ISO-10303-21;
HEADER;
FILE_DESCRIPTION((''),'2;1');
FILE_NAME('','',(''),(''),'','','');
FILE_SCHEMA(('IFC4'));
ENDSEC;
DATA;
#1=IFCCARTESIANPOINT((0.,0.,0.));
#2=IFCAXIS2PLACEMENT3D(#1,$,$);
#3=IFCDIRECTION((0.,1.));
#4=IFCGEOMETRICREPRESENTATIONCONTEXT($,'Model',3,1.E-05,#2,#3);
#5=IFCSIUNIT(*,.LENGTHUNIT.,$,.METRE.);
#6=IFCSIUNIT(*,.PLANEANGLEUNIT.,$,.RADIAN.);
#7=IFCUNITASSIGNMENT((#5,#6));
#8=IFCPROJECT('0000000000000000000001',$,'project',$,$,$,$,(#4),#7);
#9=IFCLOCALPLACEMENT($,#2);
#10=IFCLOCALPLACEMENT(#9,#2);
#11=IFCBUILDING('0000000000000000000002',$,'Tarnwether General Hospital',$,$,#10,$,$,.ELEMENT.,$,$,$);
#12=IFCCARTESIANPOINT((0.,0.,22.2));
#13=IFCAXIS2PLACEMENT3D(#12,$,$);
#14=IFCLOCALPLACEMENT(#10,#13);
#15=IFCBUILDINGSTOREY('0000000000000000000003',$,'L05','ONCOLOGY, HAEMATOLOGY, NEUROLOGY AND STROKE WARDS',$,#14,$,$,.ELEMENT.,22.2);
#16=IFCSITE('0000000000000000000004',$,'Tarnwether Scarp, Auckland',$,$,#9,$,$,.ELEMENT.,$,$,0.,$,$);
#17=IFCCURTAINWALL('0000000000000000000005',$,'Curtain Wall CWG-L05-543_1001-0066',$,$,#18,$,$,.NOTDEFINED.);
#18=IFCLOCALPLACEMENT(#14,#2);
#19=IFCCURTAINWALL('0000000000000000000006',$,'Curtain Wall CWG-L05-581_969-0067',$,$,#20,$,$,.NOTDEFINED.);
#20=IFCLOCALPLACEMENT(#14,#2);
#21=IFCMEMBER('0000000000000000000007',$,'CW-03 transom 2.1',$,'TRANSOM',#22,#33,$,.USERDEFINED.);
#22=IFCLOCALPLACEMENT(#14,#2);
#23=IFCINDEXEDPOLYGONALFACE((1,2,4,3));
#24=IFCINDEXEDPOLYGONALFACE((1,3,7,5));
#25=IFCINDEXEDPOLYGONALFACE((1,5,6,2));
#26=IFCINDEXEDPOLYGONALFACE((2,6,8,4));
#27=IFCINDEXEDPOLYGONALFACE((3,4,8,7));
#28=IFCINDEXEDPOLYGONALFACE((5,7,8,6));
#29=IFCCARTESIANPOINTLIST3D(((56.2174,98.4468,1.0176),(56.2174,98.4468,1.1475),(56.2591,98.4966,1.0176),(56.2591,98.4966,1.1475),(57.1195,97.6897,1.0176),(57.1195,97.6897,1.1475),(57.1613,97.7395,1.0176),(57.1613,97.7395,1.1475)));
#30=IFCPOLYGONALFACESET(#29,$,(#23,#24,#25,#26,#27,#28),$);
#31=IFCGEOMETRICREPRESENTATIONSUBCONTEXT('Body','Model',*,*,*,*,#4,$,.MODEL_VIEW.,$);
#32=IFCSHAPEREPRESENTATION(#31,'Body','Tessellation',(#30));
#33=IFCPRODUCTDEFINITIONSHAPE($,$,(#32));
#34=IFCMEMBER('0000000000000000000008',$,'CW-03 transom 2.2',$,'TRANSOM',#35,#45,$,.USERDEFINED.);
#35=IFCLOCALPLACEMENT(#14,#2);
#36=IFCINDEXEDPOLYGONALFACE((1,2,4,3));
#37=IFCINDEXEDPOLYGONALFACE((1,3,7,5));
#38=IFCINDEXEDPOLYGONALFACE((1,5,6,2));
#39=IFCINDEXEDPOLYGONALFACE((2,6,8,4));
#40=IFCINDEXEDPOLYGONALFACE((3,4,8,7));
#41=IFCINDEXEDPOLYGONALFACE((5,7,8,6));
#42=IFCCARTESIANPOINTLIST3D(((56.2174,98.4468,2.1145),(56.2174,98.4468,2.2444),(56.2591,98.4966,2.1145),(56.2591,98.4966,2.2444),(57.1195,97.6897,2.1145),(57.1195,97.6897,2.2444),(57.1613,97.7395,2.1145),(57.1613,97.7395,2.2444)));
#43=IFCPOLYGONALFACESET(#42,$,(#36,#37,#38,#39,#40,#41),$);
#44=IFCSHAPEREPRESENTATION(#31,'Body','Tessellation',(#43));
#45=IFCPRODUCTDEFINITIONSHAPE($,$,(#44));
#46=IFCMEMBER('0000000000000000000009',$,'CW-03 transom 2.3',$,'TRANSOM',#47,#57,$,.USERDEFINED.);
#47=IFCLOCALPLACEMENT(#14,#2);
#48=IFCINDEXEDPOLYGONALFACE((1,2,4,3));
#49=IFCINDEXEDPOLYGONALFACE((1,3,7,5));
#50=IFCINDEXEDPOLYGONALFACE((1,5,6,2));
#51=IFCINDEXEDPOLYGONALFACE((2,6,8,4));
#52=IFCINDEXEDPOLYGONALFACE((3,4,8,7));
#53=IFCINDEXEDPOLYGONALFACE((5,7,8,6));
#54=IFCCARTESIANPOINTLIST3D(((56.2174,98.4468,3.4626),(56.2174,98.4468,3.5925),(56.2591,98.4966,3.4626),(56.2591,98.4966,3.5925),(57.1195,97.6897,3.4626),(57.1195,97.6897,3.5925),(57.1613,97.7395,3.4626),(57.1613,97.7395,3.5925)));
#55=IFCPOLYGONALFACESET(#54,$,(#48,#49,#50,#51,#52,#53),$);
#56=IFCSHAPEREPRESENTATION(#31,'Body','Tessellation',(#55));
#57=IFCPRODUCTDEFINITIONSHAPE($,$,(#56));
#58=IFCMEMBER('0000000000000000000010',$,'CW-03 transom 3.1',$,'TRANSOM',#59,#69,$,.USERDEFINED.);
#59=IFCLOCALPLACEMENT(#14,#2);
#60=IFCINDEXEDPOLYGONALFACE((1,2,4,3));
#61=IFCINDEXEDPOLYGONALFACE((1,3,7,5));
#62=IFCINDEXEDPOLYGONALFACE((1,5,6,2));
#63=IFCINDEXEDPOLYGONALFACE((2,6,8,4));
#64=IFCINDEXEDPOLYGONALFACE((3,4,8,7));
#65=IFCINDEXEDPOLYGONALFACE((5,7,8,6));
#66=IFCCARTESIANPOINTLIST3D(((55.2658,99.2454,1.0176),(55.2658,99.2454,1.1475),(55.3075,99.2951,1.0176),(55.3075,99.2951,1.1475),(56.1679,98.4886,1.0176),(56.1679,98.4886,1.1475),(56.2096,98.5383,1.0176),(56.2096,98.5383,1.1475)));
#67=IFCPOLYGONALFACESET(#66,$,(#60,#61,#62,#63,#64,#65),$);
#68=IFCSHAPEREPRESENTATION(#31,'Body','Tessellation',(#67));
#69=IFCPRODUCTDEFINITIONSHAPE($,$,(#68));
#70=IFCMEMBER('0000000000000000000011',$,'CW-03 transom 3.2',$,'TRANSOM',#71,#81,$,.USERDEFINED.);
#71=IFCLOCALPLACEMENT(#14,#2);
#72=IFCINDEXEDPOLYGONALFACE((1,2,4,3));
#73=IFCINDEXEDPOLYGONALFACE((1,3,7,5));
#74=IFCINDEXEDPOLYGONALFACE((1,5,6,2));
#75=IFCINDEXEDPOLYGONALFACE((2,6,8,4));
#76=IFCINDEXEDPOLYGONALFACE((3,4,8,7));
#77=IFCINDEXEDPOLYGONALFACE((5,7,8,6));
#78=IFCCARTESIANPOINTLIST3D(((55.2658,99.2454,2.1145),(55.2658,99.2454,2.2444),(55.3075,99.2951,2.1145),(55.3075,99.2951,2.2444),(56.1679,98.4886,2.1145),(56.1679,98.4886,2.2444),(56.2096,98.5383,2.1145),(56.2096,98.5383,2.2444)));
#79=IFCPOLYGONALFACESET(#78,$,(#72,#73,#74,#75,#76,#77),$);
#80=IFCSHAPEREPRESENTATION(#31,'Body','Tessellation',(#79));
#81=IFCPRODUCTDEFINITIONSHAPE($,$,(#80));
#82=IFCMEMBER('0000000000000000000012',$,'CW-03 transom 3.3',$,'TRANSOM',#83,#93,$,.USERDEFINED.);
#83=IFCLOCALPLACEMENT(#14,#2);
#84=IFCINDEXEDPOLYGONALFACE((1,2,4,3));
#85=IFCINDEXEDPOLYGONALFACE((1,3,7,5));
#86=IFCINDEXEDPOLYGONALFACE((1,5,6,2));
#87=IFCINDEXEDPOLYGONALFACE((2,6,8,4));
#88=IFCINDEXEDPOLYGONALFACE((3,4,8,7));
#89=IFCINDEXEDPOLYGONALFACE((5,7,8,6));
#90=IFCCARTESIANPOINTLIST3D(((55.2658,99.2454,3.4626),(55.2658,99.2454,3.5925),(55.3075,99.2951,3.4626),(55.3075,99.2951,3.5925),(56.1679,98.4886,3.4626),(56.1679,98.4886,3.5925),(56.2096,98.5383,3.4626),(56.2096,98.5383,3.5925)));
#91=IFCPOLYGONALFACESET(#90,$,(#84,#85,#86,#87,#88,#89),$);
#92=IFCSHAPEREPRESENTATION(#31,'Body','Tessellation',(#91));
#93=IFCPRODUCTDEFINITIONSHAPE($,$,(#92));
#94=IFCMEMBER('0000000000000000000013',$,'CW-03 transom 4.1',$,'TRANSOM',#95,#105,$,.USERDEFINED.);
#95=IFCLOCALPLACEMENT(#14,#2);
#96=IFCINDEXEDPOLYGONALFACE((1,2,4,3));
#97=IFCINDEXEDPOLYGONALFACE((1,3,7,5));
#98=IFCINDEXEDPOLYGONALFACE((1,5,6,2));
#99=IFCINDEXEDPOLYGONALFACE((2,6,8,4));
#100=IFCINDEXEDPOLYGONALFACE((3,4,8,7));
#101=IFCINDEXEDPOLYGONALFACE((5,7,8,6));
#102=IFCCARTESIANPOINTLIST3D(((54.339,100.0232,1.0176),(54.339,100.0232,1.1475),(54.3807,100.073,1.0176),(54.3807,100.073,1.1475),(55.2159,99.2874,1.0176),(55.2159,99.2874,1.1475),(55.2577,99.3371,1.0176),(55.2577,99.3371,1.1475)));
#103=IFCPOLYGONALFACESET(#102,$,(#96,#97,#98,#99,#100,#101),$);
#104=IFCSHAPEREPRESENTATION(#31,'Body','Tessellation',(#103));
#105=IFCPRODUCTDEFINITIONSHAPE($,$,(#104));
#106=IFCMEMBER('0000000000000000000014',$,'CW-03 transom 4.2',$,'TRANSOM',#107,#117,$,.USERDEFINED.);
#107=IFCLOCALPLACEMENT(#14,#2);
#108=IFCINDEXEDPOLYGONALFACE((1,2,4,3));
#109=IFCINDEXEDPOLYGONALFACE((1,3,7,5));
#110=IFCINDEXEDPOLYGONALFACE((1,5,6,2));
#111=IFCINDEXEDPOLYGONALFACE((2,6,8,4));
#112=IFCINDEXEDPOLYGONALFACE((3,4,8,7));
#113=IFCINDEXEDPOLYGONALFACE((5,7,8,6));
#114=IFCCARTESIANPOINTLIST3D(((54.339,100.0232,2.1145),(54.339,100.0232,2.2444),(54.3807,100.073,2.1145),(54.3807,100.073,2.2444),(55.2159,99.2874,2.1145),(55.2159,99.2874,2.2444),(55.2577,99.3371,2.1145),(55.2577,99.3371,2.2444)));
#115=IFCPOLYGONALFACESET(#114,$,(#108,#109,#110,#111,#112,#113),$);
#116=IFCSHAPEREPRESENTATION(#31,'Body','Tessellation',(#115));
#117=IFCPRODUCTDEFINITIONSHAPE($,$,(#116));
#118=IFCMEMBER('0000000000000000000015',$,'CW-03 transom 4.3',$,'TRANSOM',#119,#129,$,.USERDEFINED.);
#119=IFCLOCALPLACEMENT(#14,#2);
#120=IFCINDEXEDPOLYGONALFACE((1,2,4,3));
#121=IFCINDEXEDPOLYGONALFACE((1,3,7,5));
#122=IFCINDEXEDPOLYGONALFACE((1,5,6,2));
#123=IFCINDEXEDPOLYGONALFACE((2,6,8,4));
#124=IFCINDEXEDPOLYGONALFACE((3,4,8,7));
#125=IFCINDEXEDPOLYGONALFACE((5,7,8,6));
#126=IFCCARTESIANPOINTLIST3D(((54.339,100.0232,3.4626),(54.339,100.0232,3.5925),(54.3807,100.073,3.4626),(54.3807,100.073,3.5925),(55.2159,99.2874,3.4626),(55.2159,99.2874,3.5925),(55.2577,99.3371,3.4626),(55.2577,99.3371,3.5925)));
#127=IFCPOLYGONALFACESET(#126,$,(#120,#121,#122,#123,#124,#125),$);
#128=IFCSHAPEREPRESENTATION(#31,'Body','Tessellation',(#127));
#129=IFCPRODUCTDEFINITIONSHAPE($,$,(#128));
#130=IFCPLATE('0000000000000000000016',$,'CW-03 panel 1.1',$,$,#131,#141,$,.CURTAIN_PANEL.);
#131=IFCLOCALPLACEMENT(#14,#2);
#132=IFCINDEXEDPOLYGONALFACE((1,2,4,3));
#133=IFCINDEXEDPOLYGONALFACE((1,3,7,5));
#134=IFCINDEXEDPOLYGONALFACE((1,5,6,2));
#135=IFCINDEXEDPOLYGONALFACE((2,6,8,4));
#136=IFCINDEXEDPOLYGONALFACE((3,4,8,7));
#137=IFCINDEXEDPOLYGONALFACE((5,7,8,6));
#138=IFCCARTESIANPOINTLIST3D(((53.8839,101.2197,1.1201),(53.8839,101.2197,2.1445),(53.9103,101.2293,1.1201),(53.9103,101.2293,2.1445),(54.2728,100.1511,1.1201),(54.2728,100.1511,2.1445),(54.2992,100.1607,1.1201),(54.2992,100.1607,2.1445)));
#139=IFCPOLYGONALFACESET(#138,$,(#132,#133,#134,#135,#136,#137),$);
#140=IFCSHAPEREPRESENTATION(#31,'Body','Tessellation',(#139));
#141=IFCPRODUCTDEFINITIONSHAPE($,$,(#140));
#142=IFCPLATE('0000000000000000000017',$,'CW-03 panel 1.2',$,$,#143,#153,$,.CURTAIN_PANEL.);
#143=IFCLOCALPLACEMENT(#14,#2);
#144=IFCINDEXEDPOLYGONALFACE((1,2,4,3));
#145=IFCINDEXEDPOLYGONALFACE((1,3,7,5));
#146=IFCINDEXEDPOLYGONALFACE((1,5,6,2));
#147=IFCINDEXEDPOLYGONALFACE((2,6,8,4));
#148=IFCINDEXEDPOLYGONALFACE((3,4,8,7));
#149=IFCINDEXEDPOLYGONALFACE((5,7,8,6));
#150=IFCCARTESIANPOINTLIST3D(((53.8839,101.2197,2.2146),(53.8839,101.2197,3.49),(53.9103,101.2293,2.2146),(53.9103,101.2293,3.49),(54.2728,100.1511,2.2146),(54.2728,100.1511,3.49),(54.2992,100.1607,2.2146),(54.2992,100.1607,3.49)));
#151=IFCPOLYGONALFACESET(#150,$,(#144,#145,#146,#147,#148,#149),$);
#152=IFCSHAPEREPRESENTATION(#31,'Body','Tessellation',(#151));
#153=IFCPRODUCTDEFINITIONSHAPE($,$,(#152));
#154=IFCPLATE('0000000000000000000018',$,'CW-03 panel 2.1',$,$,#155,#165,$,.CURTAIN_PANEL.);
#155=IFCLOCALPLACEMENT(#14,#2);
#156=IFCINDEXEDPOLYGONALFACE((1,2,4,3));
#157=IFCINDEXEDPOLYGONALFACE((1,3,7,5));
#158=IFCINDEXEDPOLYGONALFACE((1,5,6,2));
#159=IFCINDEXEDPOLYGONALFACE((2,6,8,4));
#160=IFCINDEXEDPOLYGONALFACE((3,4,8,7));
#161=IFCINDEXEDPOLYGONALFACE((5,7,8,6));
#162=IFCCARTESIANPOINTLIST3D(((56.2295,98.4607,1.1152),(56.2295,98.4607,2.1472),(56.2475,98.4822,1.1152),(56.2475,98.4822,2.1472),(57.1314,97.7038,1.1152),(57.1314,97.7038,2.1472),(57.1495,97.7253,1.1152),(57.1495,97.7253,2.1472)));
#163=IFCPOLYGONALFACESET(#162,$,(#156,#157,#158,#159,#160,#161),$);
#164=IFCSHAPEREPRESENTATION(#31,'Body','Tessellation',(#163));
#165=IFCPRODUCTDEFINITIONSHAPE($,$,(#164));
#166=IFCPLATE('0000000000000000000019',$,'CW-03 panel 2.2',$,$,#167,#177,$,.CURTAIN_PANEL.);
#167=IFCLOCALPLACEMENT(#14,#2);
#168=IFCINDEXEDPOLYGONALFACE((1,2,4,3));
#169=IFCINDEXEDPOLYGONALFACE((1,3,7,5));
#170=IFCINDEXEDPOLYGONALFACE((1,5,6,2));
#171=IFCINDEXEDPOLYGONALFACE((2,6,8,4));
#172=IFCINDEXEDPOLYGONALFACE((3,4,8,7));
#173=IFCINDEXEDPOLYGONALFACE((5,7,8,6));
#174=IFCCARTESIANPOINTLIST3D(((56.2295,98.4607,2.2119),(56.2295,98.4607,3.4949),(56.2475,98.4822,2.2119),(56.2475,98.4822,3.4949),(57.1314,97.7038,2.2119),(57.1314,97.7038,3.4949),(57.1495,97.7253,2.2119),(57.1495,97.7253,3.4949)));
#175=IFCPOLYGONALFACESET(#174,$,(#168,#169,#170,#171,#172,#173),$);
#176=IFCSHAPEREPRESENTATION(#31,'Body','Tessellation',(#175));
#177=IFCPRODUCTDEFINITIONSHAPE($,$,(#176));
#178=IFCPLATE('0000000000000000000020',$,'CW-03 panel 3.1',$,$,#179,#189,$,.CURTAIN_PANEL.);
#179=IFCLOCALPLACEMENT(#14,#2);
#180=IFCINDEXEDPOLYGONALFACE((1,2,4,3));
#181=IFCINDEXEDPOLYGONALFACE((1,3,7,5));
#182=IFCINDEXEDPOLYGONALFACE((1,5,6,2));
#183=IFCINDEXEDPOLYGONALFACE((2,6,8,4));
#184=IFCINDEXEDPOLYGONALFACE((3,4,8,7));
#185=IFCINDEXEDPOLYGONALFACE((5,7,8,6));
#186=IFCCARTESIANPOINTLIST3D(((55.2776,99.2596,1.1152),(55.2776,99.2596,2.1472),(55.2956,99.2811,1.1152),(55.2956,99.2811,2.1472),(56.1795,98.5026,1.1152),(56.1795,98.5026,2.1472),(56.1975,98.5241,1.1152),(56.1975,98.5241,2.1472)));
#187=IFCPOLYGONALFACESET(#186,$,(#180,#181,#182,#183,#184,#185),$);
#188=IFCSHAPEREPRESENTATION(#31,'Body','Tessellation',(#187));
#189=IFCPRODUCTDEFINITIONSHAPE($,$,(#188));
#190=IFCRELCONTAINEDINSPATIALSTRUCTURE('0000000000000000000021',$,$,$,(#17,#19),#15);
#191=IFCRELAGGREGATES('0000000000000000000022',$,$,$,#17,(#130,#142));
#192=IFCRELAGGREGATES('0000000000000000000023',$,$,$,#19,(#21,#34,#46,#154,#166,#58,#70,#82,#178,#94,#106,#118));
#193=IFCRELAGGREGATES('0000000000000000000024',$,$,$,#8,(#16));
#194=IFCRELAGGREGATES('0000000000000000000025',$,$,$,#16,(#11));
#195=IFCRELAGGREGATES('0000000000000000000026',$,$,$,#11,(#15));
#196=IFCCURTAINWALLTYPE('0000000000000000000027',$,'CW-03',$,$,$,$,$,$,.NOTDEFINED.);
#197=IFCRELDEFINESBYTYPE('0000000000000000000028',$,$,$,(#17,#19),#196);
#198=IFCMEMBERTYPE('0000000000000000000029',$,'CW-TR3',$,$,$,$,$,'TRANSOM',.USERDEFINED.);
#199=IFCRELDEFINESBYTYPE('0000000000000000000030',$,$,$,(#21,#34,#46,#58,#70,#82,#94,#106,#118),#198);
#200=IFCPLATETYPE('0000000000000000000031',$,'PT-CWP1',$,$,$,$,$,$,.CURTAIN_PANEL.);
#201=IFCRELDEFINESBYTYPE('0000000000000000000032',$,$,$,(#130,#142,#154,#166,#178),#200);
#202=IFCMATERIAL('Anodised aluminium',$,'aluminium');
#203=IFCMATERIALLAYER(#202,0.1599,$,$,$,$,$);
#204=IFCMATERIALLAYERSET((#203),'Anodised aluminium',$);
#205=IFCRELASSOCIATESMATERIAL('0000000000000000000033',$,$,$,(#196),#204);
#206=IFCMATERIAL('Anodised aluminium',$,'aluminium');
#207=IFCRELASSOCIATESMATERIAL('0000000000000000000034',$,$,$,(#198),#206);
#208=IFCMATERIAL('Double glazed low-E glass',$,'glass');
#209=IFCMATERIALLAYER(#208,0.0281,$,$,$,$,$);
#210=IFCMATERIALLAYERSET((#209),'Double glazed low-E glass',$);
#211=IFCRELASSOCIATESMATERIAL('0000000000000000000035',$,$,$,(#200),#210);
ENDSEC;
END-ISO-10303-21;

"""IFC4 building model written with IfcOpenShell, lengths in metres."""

from ifc_helpers import new_model, si_unit, direction, frame, origin, origin_2d, place, context, subcontext, project, spatial, rectangle, extrude, material, layer, layer_set, material_profile, profile_set, type_object, element, aggregate, save


model = new_model("IFC4")

# Units and contexts
model_context = context("Model", 3, precision=1e-05, world=origin(), true_north=direction((0.0, 1.0)))
body_context = subcontext(model_context, "Body", "Model", "MODEL_VIEW")
ifc_project = project(units=[si_unit("LENGTHUNIT", "METRE"), si_unit("PLANEANGLEUNIT", "RADIAN")], contexts=[model_context])

# Site, building, storey
site_placement = place(None, origin())
site = spatial("IfcSite", under=ifc_project, at=site_placement, Name="Tarnwether Scarp, Auckland", CompositionType="ELEMENT", RefElevation=0.0)
building_placement = place(site_placement, origin())
building = spatial("IfcBuilding", under=site, at=building_placement, Name="Tarnwether General Hospital", CompositionType="ELEMENT")
storey_placement = place(building_placement, frame((0.0, 0.0, 22.2)))
storey = spatial("IfcBuildingStorey", under=building, at=storey_placement, Name="L05", Description="ONCOLOGY, HAEMATOLOGY, NEUROLOGY AND STROKE WARDS", CompositionType="ELEMENT", Elevation=22.2)

# Curtain wall
ifc_material_1 = material(Name="Anodised aluminium", Category="aluminium")
ifc_layer_1 = layer(ifc_material_1, 0.1599)
ifc_layer_set_1 = layer_set([ifc_layer_1], Name="Anodised aluminium")
curtain_wall_type = type_object("IfcCurtainWallType", Name="CW-03", PredefinedType="NOTDEFINED", material=ifc_layer_set_1)
curtain_wall_1_placement = place(storey_placement, origin())
curtain_wall_1 = element("IfcCurtainWall", 1, at=curtain_wall_1_placement, inside=storey, type_object=curtain_wall_type, Name="Curtain Wall CWG-L05-543_1001-0066", PredefinedType="NOTDEFINED")

# Curtain wall
curtain_wall_2_placement = place(storey_placement, origin())
curtain_wall_2 = element("IfcCurtainWall", 2, at=curtain_wall_2_placement, inside=storey, type_object=curtain_wall_type, Name="Curtain Wall CWG-L05-581_969-0067", PredefinedType="NOTDEFINED")

# Members
ifc_material_2 = material(Name="Anodised aluminium", Category="aluminium")
ifc_material_profile_1 = material_profile(ifc_material_2, rectangle(XDim=0.0649, YDim=0.1299, at=origin_2d()), Name="ALU-TRN-65x130")
ifc_profile_set_1 = profile_set([ifc_material_profile_1], Name="Anodised aluminium")
member_type_1 = type_object("IfcMemberType", Name="CW-TR3", ElementType="TRANSOM", PredefinedType="USERDEFINED", material=ifc_profile_set_1)
member_1_placement = place(storey_placement, frame((57.1404, 97.7146, 1.0825), z_axis=(-0.765991, 0.642852, 0.0), x_axis=(-0.642852, -0.765991, 0.0)))
member_1 = element("IfcMember", 3, at=member_1_placement, type_object=member_type_1, Name="CW-03 transom 2.1", ObjectType="TRANSOM", PredefinedType="USERDEFINED", context=body_context, shape_type="SweptSolid", body=[
    extrude(rectangle(XDim=0.0649, YDim=0.1299, at=origin_2d()), origin(), (0.0, 0.0, 1.0), 1.1777),
])
member_2_placement = place(storey_placement, frame((57.1404, 97.7146, 2.1794), z_axis=(-0.765991, 0.642852, 0.0), x_axis=(-0.642852, -0.765991, 0.0)))
member_2 = element("IfcMember", 4, at=member_2_placement, type_object=member_type_1, Name="CW-03 transom 2.2", ObjectType="TRANSOM", PredefinedType="USERDEFINED", context=body_context, shape_type="SweptSolid", body=[
    extrude(rectangle(XDim=0.0649, YDim=0.1299, at=origin_2d()), origin(), (0.0, 0.0, 1.0), 1.1777),
])
member_3_placement = place(storey_placement, frame((57.1404, 97.7146, 3.5276), z_axis=(-0.765991, 0.642852, 0.0), x_axis=(-0.642852, -0.765991, 0.0)))
member_3 = element("IfcMember", 5, at=member_3_placement, type_object=member_type_1, Name="CW-03 transom 2.3", ObjectType="TRANSOM", PredefinedType="USERDEFINED", context=body_context, shape_type="SweptSolid", body=[
    extrude(rectangle(XDim=0.0649, YDim=0.1299, at=origin_2d()), origin(), (0.0, 0.0, 1.0), 1.1777),
])
member_4_placement = place(storey_placement, frame((56.1887, 98.5134, 1.0825), z_axis=(-0.766093, 0.64273, 0.0), x_axis=(-0.64273, -0.766093, 0.0)))
member_4 = element("IfcMember", 6, at=member_4_placement, type_object=member_type_1, Name="CW-03 transom 3.1", ObjectType="TRANSOM", PredefinedType="USERDEFINED", context=body_context, shape_type="SweptSolid", body=[
    extrude(rectangle(XDim=0.0649, YDim=0.1299, at=origin_2d()), origin(), (0.0, 0.0, 1.0), 1.1775),
])
member_5_placement = place(storey_placement, frame((56.1887, 98.5134, 2.1794), z_axis=(-0.766093, 0.64273, 0.0), x_axis=(-0.64273, -0.766093, 0.0)))
member_5 = element("IfcMember", 7, at=member_5_placement, type_object=member_type_1, Name="CW-03 transom 3.2", ObjectType="TRANSOM", PredefinedType="USERDEFINED", context=body_context, shape_type="SweptSolid", body=[
    extrude(rectangle(XDim=0.0649, YDim=0.1299, at=origin_2d()), origin(), (0.0, 0.0, 1.0), 1.1775),
])
member_6_placement = place(storey_placement, frame((56.1887, 98.5134, 3.5276), z_axis=(-0.766093, 0.64273, 0.0), x_axis=(-0.64273, -0.766093, 0.0)))
member_6 = element("IfcMember", 8, at=member_6_placement, type_object=member_type_1, Name="CW-03 transom 3.3", ObjectType="TRANSOM", PredefinedType="USERDEFINED", context=body_context, shape_type="SweptSolid", body=[
    extrude(rectangle(XDim=0.0649, YDim=0.1299, at=origin_2d()), origin(), (0.0, 0.0, 1.0), 1.1775),
])
member_7_placement = place(storey_placement, frame((55.2368, 99.3123, 1.0825), z_axis=(-0.766049, 0.642782, 0.0), x_axis=(-0.642782, -0.766049, 0.0)))
member_7 = element("IfcMember", 9, at=member_7_placement, type_object=member_type_1, Name="CW-03 transom 4.1", ObjectType="TRANSOM", PredefinedType="USERDEFINED", context=body_context, shape_type="SweptSolid", body=[
    extrude(rectangle(XDim=0.0649, YDim=0.1299, at=origin_2d()), origin(), (0.0, 0.0, 1.0), 1.1448),
])
member_8_placement = place(storey_placement, frame((55.2368, 99.3123, 2.1794), z_axis=(-0.766049, 0.642782, 0.0), x_axis=(-0.642782, -0.766049, 0.0)))
member_8 = element("IfcMember", 10, at=member_8_placement, type_object=member_type_1, Name="CW-03 transom 4.2", ObjectType="TRANSOM", PredefinedType="USERDEFINED", context=body_context, shape_type="SweptSolid", body=[
    extrude(rectangle(XDim=0.0649, YDim=0.1299, at=origin_2d()), origin(), (0.0, 0.0, 1.0), 1.1448),
])
member_9_placement = place(storey_placement, frame((55.2368, 99.3123, 3.5276), z_axis=(-0.766049, 0.642782, 0.0), x_axis=(-0.642782, -0.766049, 0.0)))
member_9 = element("IfcMember", 11, at=member_9_placement, type_object=member_type_1, Name="CW-03 transom 4.3", ObjectType="TRANSOM", PredefinedType="USERDEFINED", context=body_context, shape_type="SweptSolid", body=[
    extrude(rectangle(XDim=0.0649, YDim=0.1299, at=origin_2d()), origin(), (0.0, 0.0, 1.0), 1.1448),
])

# Plates
ifc_material_3 = material(Name="Double glazed low-E glass", Category="glass")
ifc_layer_2 = layer(ifc_material_3, 0.0281)
ifc_layer_set_2 = layer_set([ifc_layer_2], Name="Double glazed low-E glass")
plate_type = type_object("IfcPlateType", Name="PT-CWP1", PredefinedType="CURTAIN_PANEL", material=ifc_layer_set_2)
plate_1_placement = place(storey_placement, frame((54.0916, 100.6902, 1.1201), z_axis=(0.0, 0.0, 1.0), x_axis=(-0.341953, 0.939717, 0.0)))
plate_1 = element("IfcPlate", 12, at=plate_1_placement, type_object=plate_type, Name="CW-03 panel 1.1", PredefinedType="CURTAIN_PANEL", context=body_context, shape_type="SweptSolid", body=[
    extrude(rectangle(XDim=1.1372, YDim=0.0281, at=origin_2d()), origin(), (0.0, 0.0, 1.0), 1.0244),
])
plate_2_placement = place(storey_placement, frame((54.0916, 100.6902, 2.2146), z_axis=(0.0, 0.0, 1.0), x_axis=(-0.341953, 0.939717, 0.0)))
plate_2 = element("IfcPlate", 13, at=plate_2_placement, type_object=plate_type, Name="CW-03 panel 1.2", PredefinedType="CURTAIN_PANEL", context=body_context, shape_type="SweptSolid", body=[
    extrude(rectangle(XDim=1.1372, YDim=0.0281, at=origin_2d()), origin(), (0.0, 0.0, 1.0), 1.2754),
])
aggregate(curtain_wall_1, [plate_1, plate_2])
plate_3_placement = place(storey_placement, frame((56.6895, 98.093, 1.1152), z_axis=(0.0, 0.0, 1.0), x_axis=(-0.76599, 0.642852, 0.0)))
plate_3 = element("IfcPlate", 14, at=plate_3_placement, type_object=plate_type, Name="CW-03 panel 2.1", PredefinedType="CURTAIN_PANEL", context=body_context, shape_type="SweptSolid", body=[
    extrude(rectangle(XDim=1.1775, YDim=0.0281, at=origin_2d()), origin(), (0.0, 0.0, 1.0), 1.032),
])
plate_4_placement = place(storey_placement, frame((56.6895, 98.093, 2.2119), z_axis=(0.0, 0.0, 1.0), x_axis=(-0.76599, 0.642852, 0.0)))
plate_4 = element("IfcPlate", 15, at=plate_4_placement, type_object=plate_type, Name="CW-03 panel 2.2", PredefinedType="CURTAIN_PANEL", context=body_context, shape_type="SweptSolid", body=[
    extrude(rectangle(XDim=1.1775, YDim=0.0281, at=origin_2d()), origin(), (0.0, 0.0, 1.0), 1.283),
])
plate_5_placement = place(storey_placement, frame((55.7375, 98.8918, 1.1152), z_axis=(0.0, 0.0, 1.0), x_axis=(-0.76599, 0.642852, 0.0)))
plate_5 = element("IfcPlate", 16, at=plate_5_placement, type_object=plate_type, Name="CW-03 panel 3.1", PredefinedType="CURTAIN_PANEL", context=body_context, shape_type="SweptSolid", body=[
    extrude(rectangle(XDim=1.1775, YDim=0.0281, at=origin_2d()), origin(), (0.0, 0.0, 1.0), 1.032),
])
aggregate(curtain_wall_2, [member_1, member_2, member_3, plate_3, plate_4, member_4, member_5, member_6, plate_5, member_7, member_8, member_9])

save(model, "model.ifc")
